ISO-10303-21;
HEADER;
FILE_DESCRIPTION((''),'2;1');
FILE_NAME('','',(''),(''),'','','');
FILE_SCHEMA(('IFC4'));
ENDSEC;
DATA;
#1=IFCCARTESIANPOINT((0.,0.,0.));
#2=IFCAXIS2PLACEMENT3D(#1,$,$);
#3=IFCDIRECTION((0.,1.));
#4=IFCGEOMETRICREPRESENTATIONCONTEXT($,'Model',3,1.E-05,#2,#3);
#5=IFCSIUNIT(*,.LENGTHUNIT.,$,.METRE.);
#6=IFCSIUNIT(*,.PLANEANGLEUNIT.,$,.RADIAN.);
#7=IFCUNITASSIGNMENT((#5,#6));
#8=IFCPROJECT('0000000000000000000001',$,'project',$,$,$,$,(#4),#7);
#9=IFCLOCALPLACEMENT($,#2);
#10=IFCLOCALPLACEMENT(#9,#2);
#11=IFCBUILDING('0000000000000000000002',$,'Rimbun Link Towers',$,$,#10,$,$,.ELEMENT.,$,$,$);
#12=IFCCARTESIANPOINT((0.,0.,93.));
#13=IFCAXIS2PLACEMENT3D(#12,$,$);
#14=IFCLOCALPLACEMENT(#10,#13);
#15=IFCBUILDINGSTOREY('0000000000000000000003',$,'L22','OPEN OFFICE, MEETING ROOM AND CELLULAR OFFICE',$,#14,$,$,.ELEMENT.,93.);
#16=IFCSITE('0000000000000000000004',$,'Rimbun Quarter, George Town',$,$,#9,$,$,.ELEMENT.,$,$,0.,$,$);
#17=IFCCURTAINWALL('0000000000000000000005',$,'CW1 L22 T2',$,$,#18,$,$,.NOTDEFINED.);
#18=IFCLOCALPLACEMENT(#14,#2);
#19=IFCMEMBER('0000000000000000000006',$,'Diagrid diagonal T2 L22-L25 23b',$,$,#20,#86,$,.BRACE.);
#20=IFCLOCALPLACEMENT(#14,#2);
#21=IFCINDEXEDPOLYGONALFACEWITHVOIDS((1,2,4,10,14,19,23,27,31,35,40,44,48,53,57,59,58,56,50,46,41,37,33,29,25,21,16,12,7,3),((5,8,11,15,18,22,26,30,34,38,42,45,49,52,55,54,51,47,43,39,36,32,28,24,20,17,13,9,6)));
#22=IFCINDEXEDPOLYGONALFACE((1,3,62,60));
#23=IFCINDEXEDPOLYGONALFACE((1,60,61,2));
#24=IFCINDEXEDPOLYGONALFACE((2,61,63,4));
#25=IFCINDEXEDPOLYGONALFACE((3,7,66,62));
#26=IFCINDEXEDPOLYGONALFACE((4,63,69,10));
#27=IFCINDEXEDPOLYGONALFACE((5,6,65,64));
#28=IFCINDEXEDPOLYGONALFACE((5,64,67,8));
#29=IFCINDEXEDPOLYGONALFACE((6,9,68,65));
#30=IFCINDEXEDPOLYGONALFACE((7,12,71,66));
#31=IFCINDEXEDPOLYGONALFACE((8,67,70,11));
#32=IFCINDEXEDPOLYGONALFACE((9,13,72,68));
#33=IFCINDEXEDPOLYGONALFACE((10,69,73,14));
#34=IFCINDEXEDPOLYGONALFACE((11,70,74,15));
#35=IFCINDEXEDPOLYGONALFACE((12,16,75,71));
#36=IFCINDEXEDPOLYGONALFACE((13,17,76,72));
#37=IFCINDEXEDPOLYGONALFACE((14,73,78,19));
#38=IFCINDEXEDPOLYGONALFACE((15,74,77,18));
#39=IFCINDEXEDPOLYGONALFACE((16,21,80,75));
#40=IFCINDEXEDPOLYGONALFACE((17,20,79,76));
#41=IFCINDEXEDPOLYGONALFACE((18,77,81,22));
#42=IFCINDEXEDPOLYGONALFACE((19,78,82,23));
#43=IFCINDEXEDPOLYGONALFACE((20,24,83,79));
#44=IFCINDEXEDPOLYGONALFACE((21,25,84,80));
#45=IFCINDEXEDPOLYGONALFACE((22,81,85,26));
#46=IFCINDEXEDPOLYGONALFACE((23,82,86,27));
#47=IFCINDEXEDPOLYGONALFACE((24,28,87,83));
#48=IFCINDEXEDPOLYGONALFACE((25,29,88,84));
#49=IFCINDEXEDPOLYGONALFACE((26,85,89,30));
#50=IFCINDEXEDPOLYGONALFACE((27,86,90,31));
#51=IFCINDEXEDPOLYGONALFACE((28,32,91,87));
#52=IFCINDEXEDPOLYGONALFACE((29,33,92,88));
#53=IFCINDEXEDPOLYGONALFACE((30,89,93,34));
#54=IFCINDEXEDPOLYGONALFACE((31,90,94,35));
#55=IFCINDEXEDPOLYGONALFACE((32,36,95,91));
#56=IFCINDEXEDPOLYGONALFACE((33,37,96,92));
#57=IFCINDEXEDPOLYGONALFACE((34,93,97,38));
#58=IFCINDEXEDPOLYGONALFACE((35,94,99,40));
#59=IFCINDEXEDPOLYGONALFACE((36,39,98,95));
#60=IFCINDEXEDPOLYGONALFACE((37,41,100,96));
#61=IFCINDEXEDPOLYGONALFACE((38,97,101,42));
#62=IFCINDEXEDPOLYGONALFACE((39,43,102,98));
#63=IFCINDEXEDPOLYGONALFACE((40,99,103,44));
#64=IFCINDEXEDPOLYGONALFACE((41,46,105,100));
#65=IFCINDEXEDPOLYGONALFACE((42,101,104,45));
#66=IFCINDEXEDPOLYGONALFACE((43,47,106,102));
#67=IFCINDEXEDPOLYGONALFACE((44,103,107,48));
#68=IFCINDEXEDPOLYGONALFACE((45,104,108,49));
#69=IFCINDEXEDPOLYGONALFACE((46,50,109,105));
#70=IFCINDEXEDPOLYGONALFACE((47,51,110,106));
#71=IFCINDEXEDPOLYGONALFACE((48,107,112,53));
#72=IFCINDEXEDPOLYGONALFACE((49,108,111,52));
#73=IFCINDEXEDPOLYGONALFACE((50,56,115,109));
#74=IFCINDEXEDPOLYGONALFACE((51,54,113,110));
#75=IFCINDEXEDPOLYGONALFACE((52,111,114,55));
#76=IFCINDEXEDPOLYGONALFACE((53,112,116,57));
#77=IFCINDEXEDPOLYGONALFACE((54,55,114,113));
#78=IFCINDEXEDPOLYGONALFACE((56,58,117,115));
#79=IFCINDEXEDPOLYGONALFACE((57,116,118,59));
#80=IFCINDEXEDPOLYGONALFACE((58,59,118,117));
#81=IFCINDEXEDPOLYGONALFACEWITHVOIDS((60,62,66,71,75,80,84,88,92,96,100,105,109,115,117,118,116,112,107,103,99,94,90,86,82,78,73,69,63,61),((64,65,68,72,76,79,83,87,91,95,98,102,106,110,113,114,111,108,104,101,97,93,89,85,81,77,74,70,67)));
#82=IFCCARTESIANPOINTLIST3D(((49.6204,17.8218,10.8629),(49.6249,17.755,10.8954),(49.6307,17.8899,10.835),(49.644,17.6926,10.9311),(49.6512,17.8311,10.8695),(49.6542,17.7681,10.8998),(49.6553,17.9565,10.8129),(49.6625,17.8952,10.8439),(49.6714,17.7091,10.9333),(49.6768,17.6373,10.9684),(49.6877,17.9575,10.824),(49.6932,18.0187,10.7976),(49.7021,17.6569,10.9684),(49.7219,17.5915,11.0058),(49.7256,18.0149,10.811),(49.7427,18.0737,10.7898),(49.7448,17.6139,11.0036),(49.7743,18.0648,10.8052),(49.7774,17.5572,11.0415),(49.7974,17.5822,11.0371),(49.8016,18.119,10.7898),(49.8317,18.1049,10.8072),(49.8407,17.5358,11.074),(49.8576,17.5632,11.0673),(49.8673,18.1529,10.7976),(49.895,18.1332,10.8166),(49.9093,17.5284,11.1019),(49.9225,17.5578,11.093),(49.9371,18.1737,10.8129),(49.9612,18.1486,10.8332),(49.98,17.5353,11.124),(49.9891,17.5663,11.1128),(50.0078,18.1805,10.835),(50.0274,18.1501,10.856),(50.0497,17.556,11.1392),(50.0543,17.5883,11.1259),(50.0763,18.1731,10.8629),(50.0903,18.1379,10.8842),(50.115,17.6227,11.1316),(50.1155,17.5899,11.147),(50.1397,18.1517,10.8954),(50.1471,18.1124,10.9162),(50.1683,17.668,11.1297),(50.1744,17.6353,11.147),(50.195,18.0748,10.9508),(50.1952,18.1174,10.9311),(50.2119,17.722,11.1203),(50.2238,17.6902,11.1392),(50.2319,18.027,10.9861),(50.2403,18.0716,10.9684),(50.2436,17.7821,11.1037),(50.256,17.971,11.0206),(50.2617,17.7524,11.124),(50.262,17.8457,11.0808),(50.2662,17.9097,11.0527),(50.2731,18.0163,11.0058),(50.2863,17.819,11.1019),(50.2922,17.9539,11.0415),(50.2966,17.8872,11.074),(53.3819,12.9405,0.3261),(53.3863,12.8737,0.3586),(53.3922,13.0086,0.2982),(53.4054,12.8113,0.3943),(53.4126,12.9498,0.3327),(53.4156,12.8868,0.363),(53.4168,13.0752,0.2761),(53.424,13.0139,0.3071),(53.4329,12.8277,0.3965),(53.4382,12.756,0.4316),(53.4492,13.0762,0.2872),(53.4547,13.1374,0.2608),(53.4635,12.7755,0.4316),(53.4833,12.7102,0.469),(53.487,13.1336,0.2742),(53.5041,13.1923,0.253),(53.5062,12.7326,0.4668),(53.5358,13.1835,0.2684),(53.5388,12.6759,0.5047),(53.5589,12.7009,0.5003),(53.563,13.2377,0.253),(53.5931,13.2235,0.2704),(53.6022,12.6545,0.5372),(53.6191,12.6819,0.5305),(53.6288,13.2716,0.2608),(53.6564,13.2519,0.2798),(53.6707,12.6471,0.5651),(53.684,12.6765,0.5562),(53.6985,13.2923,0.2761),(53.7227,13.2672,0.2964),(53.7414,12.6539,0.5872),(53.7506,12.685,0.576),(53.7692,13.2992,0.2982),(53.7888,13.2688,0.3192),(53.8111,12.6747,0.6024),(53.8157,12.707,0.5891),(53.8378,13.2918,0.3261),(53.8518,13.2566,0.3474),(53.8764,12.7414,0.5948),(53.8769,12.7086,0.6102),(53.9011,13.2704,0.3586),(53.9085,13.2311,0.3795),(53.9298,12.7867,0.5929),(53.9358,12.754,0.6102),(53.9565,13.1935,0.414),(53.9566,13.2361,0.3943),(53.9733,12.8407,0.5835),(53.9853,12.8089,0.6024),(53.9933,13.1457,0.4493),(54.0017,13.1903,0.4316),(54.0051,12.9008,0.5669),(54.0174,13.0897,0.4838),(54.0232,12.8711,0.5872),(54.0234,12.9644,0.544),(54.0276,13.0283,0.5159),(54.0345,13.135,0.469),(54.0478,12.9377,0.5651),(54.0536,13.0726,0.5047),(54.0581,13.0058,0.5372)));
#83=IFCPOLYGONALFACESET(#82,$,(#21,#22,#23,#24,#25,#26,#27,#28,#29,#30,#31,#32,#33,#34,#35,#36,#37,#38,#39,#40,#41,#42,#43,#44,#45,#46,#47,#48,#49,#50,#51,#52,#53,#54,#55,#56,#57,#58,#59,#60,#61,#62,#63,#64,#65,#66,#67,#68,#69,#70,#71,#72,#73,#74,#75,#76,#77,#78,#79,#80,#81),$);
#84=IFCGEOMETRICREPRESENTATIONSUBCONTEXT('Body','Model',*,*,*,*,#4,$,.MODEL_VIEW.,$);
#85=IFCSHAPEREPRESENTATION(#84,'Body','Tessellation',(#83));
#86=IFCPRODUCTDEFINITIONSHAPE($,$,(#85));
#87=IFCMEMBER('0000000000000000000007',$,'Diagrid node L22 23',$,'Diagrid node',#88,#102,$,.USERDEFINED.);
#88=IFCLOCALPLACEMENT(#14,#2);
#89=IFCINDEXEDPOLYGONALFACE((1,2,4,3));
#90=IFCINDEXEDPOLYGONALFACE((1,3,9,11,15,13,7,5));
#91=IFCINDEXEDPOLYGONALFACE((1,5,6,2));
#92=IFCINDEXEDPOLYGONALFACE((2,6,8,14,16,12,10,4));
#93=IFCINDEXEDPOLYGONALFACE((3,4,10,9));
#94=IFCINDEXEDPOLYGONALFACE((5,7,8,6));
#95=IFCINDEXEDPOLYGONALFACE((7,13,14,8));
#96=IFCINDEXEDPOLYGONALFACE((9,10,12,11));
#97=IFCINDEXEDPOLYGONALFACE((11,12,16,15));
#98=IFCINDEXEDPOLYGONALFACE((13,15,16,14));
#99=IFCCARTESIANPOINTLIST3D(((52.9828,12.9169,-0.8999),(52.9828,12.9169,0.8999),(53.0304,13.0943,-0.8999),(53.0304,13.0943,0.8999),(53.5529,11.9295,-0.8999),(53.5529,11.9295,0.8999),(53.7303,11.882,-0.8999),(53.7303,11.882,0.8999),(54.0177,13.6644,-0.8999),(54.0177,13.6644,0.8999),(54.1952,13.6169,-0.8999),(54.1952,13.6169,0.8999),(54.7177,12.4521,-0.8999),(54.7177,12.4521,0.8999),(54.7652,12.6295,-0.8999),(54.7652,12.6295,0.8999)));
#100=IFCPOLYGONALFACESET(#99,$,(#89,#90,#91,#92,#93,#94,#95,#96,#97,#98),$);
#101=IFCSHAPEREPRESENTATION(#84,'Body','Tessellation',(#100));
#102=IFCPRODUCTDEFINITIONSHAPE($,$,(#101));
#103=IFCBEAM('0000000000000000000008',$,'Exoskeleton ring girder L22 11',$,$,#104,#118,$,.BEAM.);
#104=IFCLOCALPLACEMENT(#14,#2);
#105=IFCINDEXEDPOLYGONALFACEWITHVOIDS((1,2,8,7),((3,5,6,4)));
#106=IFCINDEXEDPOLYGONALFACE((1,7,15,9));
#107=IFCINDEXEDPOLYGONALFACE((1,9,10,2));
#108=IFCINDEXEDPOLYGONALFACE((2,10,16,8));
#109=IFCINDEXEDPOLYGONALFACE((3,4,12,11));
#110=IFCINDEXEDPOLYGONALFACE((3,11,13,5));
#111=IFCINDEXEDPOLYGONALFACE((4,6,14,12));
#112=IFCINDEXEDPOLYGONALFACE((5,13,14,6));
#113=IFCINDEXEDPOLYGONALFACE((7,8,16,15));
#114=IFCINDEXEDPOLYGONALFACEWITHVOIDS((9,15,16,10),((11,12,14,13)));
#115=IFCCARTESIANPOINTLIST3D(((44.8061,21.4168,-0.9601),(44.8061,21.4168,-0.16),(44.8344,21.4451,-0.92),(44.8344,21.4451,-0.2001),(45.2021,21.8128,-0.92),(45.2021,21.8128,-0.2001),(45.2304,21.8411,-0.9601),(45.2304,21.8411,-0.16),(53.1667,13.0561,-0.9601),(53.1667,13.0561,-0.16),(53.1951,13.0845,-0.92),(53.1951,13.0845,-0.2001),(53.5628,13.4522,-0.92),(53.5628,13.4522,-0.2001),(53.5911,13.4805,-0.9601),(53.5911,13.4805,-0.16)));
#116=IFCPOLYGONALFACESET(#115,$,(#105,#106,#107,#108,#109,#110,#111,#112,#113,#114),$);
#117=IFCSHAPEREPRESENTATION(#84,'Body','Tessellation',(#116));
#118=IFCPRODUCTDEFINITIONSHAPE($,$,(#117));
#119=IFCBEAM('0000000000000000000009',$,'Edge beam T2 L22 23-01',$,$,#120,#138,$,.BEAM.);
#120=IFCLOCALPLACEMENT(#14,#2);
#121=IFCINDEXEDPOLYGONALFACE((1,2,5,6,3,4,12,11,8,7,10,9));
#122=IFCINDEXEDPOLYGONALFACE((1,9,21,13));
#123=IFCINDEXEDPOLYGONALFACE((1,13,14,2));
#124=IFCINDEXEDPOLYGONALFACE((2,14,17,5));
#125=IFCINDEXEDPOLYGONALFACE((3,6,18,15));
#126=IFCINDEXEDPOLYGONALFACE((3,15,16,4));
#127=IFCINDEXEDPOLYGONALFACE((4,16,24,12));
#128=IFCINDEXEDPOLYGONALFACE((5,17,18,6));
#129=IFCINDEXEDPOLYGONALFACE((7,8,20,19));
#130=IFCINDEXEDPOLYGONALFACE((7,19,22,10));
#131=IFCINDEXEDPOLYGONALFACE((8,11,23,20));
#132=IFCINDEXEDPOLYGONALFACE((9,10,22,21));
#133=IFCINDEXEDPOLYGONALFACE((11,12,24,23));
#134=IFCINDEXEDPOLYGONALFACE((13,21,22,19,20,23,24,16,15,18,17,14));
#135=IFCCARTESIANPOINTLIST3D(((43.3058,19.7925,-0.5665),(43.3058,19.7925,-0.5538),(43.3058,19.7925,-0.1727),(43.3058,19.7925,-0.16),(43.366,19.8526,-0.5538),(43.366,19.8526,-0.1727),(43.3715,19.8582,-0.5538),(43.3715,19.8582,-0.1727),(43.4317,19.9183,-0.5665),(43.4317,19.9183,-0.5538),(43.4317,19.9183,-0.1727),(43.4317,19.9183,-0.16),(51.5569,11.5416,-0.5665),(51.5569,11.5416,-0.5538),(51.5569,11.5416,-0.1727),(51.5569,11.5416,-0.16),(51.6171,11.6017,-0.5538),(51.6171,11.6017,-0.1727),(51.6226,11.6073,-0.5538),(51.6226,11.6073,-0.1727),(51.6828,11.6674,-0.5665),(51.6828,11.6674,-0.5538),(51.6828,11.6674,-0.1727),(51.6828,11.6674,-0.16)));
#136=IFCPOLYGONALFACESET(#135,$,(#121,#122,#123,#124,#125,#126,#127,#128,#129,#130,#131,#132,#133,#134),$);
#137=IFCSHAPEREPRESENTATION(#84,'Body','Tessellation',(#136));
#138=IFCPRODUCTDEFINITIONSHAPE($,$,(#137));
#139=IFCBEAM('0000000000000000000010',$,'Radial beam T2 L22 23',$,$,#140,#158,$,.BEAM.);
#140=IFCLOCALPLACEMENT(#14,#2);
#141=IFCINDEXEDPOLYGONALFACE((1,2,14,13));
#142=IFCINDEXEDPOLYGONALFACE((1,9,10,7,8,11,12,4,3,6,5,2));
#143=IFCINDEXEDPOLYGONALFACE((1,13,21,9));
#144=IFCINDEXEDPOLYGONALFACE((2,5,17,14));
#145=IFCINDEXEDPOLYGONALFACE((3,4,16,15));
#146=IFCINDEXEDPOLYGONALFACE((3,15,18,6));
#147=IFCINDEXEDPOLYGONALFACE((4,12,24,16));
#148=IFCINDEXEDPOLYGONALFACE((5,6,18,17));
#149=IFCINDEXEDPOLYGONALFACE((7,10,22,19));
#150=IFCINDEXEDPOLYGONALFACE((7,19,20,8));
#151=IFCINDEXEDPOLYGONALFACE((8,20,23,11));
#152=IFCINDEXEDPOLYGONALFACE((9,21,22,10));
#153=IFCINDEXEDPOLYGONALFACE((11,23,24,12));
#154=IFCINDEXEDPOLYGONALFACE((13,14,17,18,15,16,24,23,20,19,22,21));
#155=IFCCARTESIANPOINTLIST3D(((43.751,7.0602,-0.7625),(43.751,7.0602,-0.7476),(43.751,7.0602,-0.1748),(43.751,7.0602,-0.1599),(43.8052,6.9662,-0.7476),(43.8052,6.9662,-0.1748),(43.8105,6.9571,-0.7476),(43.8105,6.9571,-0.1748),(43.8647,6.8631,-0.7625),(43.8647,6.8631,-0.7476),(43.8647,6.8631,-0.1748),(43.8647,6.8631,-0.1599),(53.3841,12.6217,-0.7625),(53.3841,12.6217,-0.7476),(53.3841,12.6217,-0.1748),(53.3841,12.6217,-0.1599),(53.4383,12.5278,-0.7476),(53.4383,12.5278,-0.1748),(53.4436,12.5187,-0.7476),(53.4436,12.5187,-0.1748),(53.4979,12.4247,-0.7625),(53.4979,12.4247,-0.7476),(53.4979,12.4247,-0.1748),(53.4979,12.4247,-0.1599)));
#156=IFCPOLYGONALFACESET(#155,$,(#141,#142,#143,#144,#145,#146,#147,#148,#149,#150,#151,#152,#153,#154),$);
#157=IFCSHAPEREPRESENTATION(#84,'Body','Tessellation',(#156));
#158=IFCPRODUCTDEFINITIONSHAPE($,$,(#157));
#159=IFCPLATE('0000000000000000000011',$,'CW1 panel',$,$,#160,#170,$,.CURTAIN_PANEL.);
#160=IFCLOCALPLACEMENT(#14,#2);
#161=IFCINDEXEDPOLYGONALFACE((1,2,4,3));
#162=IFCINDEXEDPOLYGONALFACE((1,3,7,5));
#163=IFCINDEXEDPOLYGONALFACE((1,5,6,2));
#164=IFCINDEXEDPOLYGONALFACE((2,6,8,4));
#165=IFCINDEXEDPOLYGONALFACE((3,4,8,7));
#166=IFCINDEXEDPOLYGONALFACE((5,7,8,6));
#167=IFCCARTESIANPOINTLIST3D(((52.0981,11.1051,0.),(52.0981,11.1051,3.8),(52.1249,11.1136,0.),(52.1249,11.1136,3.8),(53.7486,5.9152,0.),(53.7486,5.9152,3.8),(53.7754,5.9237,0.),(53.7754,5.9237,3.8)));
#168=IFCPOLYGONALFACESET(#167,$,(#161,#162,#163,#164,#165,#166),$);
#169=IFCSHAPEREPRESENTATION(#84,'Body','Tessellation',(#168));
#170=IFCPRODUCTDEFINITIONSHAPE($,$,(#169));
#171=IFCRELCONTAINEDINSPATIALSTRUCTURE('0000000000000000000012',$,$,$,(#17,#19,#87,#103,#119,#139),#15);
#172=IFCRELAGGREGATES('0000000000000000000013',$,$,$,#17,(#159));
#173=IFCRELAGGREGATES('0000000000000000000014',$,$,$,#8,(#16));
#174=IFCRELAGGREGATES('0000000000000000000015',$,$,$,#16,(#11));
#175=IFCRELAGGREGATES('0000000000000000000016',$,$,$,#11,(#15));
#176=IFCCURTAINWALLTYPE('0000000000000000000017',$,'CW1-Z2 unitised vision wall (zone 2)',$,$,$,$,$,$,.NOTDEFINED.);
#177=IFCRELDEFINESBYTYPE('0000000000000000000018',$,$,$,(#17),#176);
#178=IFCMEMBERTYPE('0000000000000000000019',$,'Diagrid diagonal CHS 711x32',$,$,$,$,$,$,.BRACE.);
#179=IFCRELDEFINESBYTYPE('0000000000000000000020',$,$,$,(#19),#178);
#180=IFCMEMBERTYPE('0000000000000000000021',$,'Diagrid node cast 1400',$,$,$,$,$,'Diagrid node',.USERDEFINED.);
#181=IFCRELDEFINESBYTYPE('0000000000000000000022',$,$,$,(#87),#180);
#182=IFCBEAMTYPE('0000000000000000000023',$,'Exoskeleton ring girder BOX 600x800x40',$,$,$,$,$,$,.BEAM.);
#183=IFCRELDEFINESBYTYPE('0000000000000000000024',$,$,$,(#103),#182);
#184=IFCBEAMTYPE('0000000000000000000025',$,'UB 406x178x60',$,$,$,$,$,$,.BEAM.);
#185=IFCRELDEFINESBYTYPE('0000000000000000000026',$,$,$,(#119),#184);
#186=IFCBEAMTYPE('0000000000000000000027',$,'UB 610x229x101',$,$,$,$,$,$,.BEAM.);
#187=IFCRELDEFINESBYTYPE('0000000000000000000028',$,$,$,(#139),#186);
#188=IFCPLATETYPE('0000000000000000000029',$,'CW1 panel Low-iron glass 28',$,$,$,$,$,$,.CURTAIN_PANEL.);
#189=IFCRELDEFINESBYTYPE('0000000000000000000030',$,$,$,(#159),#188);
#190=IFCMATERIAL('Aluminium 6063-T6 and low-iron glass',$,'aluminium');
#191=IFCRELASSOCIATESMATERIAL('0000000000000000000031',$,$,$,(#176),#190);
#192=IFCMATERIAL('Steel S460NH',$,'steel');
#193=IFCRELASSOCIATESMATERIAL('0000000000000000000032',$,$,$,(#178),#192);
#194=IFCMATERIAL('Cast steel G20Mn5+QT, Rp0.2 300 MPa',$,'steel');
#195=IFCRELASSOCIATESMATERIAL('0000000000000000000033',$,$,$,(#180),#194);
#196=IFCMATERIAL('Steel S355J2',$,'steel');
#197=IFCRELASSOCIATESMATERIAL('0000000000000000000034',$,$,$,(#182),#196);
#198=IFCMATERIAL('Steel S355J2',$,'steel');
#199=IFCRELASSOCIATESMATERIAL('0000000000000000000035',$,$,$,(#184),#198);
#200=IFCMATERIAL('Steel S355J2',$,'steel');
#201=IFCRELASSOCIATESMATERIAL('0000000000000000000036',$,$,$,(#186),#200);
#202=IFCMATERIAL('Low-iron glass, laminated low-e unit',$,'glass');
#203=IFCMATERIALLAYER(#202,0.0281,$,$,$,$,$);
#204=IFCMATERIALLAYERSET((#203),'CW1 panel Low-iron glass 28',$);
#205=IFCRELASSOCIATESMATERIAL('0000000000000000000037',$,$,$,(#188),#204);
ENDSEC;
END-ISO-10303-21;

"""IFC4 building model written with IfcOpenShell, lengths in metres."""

from ifc_helpers import new_model, si_unit, direction, frame, origin, origin_2d, place, context, subcontext, project, spatial, polyline, rectangle, hollow_rectangle, hollow_circle, i_section, outline, extrude, material, layer, layer_set, material_profile, profile_set, type_object, element, aggregate, save


model = new_model("IFC4")

# Units and contexts
model_context = context("Model", 3, precision=1e-05, world=origin(), true_north=direction((0.0, 1.0)))
body_context = subcontext(model_context, "Body", "Model", "MODEL_VIEW")
ifc_project = project(units=[si_unit("LENGTHUNIT", "METRE"), si_unit("PLANEANGLEUNIT", "RADIAN")], contexts=[model_context])

# Site, building, storey
site_placement = place(None, origin())
site = spatial("IfcSite", under=ifc_project, at=site_placement, Name="Rimbun Quarter, George Town", CompositionType="ELEMENT", RefElevation=0.0)
building_placement = place(site_placement, origin())
building = spatial("IfcBuilding", under=site, at=building_placement, Name="Rimbun Link Towers", CompositionType="ELEMENT")
storey_placement = place(building_placement, frame((0.0, 0.0, 93.0)))
storey = spatial("IfcBuildingStorey", under=building, at=storey_placement, Name="L22", Description="OPEN OFFICE, MEETING ROOM AND CELLULAR OFFICE", CompositionType="ELEMENT", Elevation=93.0)

# Curtain wall
ifc_material_1 = material(Name="Aluminium 6063-T6 and low-iron glass", Category="aluminium")
curtain_wall_type = type_object("IfcCurtainWallType", Name="CW1-Z2 unitised vision wall (zone 2)", PredefinedType="NOTDEFINED", material=ifc_material_1)
curtain_wall_placement = place(storey_placement, origin())
curtain_wall = element("IfcCurtainWall", 1, at=curtain_wall_placement, inside=storey, type_object=curtain_wall_type, Name="CW1 L22 T2", PredefinedType="NOTDEFINED")

# Members
ifc_material_2 = material(Name="Steel S460NH", Category="steel")
ifc_material_profile_1 = material_profile(ifc_material_2, hollow_circle(Radius=0.3557, WallThickness=0.032, at=origin_2d()), Name="Diagrid diagonal CHS 711x32")
ifc_profile_set_1 = profile_set([ifc_material_profile_1], Name="Steel S460NH")
member_type_1 = type_object("IfcMemberType", Name="Diagrid diagonal CHS 711x32", PredefinedType="BRACE", material=ifc_profile_set_1)
member_1_placement = place(storey_placement, frame((53.72, 12.9731, 0.4316), z_axis=(-0.30815, 0.399893, 0.863208), x_axis=(-0.792107, -0.610383, 0.0)))
element("IfcMember", 2, at=member_1_placement, inside=storey, type_object=member_type_1, Name="Diagrid diagonal T2 L22-L25 23b", PredefinedType="BRACE", context=body_context, shape_type="SweptSolid", body=[
    extrude(hollow_circle(Radius=0.3557, WallThickness=0.032, at=origin_2d()), origin(), (0.0, 0.0, 1.0), 12.2065),
])
ifc_material_3 = material(Name="Cast steel G20Mn5+QT, Rp0.2 300 MPa", Category="steel")
ifc_material_profile_2 = material_profile(ifc_material_3, outline(polyline([(0.7, -0.5701), (0.7, 0.5701), (0.5701, 0.7), (-0.5701, 0.7), (-0.7, 0.5701), (-0.7, -0.5701), (-0.5701, -0.7), (0.5701, -0.7), (0.7, -0.5701)])), Name="NODE 1400x1400")
ifc_profile_set_2 = profile_set([ifc_material_profile_2], Name="Cast steel G20Mn5+QT, Rp0.2 300 MPa")
member_type_2 = type_object("IfcMemberType", Name="Diagrid node cast 1400", ElementType="Diagrid node", PredefinedType="USERDEFINED", material=ifc_profile_set_2)
member_2_placement = place(storey_placement, frame((53.874, 12.7732, -0.8999), z_axis=(0.0, 0.0, 1.0), x_axis=(0.866025, 0.5, 0.0)))
element("IfcMember", 3, at=member_2_placement, inside=storey, type_object=member_type_2, Name="Diagrid node L22 23", ObjectType="Diagrid node", PredefinedType="USERDEFINED", context=body_context, shape_type="SweptSolid", body=[
    extrude(outline(polyline([(0.7, -0.5701), (0.7, 0.5701), (0.5701, 0.7), (-0.5701, 0.7), (-0.7, 0.5701), (-0.7, -0.5701), (-0.5701, -0.7), (0.5701, -0.7), (0.7, -0.5701)])), origin(), (0.0, 0.0, 1.0), 1.7998),
])

# Beams
ifc_material_4 = material(Name="Steel S355J2", Category="steel")
ifc_material_profile_3 = material_profile(ifc_material_4, hollow_rectangle(XDim=0.6001, YDim=0.8, WallThickness=0.04, at=origin_2d()), Name="Exoskeleton ring girder BOX 600x800x40")
ifc_profile_set_3 = profile_set([ifc_material_profile_3], Name="Steel S355J2")
beam_type_1 = type_object("IfcBeamType", Name="Exoskeleton ring girder BOX 600x800x40", PredefinedType="BEAM", material=ifc_profile_set_3)
beam_1_placement = place(storey_placement, frame((53.3789, 13.2683, -0.5601), z_axis=(-0.707107, 0.707107, 0.0), x_axis=(-0.707107, -0.707107, 0.0)))
element("IfcBeam", 4, at=beam_1_placement, inside=storey, type_object=beam_type_1, Name="Exoskeleton ring girder L22 11", PredefinedType="BEAM", context=body_context, shape_type="SweptSolid", body=[
    extrude(hollow_rectangle(XDim=0.6001, YDim=0.8, WallThickness=0.04, at=origin_2d()), origin(), (0.0, 0.0, 1.0), 11.8237),
])
ifc_material_5 = material(Name="Steel S355J2", Category="steel")
ifc_material_profile_4 = material_profile(ifc_material_5, i_section(OverallWidth=0.178, OverallDepth=0.4065, WebThickness=0.0078, FlangeThickness=0.0127, at=origin_2d()), Name="UB 406x178x60")
ifc_profile_set_4 = profile_set([ifc_material_profile_4], Name="Steel S355J2")
beam_type_2 = type_object("IfcBeamType", Name="UB 406x178x60", PredefinedType="BEAM", material=ifc_profile_set_4)
beam_2_placement = place(storey_placement, frame((51.6199, 11.6045, -0.3633), z_axis=(-0.707117, 0.707096, 0.0), x_axis=(-0.707096, -0.707117, 0.0)))
element("IfcBeam", 5, at=beam_2_placement, inside=storey, type_object=beam_type_2, Name="Edge beam T2 L22 23-01", PredefinedType="BEAM", context=body_context, shape_type="SweptSolid", body=[
    extrude(i_section(OverallWidth=0.178, OverallDepth=0.4065, WebThickness=0.0078, FlangeThickness=0.0127, at=origin_2d()), origin(), (0.0, 0.0, 1.0), 11.6687),
])
ifc_material_6 = material(Name="Steel S355J2", Category="steel")
ifc_material_profile_5 = material_profile(ifc_material_6, i_section(OverallWidth=0.2275, OverallDepth=0.6025, WebThickness=0.0105, FlangeThickness=0.0149, at=origin_2d()), Name="UB 610x229x101")
ifc_profile_set_5 = profile_set([ifc_material_profile_5], Name="Steel S355J2")
beam_type_3 = type_object("IfcBeamType", Name="UB 610x229x101", PredefinedType="BEAM", material=ifc_profile_set_5)
beam_3_placement = place(storey_placement, frame((43.8079, 6.9617, -0.4612), z_axis=(0.86603, 0.499992, 0.0), x_axis=(-0.499992, 0.86603, 0.0)))
element("IfcBeam", 6, at=beam_3_placement, inside=storey, type_object=beam_type_3, Name="Radial beam T2 L22 23", PredefinedType="BEAM", context=body_context, shape_type="SweptSolid", body=[
    extrude(i_section(OverallWidth=0.2275, OverallDepth=0.6025, WebThickness=0.0105, FlangeThickness=0.0149, at=origin_2d()), origin(), (0.0, 0.0, 1.0), 11.1233),
])

# Plate
ifc_material_7 = material(Name="Low-iron glass, laminated low-e unit", Category="glass")
ifc_layer_1 = layer(ifc_material_7, 0.0281)
ifc_layer_set_1 = layer_set([ifc_layer_1], Name="CW1 panel Low-iron glass 28")
plate_type = type_object("IfcPlateType", Name="CW1 panel Low-iron glass 28", PredefinedType="CURTAIN_PANEL", material=ifc_layer_set_1)
plate_placement = place(storey_placement, frame((52.9368, 8.5144, 0.0), z_axis=(0.0, 0.0, 1.0), x_axis=(0.303066, -0.95297, 0.0)))
plate = element("IfcPlate", 7, at=plate_placement, type_object=plate_type, Name="CW1 panel", PredefinedType="CURTAIN_PANEL", context=body_context, shape_type="SweptSolid", body=[
    extrude(rectangle(XDim=5.446, YDim=0.0281, at=origin_2d()), origin(), (0.0, 0.0, 1.0), 3.8),
])
aggregate(curtain_wall, [plate])

save(model, "model.ifc")
